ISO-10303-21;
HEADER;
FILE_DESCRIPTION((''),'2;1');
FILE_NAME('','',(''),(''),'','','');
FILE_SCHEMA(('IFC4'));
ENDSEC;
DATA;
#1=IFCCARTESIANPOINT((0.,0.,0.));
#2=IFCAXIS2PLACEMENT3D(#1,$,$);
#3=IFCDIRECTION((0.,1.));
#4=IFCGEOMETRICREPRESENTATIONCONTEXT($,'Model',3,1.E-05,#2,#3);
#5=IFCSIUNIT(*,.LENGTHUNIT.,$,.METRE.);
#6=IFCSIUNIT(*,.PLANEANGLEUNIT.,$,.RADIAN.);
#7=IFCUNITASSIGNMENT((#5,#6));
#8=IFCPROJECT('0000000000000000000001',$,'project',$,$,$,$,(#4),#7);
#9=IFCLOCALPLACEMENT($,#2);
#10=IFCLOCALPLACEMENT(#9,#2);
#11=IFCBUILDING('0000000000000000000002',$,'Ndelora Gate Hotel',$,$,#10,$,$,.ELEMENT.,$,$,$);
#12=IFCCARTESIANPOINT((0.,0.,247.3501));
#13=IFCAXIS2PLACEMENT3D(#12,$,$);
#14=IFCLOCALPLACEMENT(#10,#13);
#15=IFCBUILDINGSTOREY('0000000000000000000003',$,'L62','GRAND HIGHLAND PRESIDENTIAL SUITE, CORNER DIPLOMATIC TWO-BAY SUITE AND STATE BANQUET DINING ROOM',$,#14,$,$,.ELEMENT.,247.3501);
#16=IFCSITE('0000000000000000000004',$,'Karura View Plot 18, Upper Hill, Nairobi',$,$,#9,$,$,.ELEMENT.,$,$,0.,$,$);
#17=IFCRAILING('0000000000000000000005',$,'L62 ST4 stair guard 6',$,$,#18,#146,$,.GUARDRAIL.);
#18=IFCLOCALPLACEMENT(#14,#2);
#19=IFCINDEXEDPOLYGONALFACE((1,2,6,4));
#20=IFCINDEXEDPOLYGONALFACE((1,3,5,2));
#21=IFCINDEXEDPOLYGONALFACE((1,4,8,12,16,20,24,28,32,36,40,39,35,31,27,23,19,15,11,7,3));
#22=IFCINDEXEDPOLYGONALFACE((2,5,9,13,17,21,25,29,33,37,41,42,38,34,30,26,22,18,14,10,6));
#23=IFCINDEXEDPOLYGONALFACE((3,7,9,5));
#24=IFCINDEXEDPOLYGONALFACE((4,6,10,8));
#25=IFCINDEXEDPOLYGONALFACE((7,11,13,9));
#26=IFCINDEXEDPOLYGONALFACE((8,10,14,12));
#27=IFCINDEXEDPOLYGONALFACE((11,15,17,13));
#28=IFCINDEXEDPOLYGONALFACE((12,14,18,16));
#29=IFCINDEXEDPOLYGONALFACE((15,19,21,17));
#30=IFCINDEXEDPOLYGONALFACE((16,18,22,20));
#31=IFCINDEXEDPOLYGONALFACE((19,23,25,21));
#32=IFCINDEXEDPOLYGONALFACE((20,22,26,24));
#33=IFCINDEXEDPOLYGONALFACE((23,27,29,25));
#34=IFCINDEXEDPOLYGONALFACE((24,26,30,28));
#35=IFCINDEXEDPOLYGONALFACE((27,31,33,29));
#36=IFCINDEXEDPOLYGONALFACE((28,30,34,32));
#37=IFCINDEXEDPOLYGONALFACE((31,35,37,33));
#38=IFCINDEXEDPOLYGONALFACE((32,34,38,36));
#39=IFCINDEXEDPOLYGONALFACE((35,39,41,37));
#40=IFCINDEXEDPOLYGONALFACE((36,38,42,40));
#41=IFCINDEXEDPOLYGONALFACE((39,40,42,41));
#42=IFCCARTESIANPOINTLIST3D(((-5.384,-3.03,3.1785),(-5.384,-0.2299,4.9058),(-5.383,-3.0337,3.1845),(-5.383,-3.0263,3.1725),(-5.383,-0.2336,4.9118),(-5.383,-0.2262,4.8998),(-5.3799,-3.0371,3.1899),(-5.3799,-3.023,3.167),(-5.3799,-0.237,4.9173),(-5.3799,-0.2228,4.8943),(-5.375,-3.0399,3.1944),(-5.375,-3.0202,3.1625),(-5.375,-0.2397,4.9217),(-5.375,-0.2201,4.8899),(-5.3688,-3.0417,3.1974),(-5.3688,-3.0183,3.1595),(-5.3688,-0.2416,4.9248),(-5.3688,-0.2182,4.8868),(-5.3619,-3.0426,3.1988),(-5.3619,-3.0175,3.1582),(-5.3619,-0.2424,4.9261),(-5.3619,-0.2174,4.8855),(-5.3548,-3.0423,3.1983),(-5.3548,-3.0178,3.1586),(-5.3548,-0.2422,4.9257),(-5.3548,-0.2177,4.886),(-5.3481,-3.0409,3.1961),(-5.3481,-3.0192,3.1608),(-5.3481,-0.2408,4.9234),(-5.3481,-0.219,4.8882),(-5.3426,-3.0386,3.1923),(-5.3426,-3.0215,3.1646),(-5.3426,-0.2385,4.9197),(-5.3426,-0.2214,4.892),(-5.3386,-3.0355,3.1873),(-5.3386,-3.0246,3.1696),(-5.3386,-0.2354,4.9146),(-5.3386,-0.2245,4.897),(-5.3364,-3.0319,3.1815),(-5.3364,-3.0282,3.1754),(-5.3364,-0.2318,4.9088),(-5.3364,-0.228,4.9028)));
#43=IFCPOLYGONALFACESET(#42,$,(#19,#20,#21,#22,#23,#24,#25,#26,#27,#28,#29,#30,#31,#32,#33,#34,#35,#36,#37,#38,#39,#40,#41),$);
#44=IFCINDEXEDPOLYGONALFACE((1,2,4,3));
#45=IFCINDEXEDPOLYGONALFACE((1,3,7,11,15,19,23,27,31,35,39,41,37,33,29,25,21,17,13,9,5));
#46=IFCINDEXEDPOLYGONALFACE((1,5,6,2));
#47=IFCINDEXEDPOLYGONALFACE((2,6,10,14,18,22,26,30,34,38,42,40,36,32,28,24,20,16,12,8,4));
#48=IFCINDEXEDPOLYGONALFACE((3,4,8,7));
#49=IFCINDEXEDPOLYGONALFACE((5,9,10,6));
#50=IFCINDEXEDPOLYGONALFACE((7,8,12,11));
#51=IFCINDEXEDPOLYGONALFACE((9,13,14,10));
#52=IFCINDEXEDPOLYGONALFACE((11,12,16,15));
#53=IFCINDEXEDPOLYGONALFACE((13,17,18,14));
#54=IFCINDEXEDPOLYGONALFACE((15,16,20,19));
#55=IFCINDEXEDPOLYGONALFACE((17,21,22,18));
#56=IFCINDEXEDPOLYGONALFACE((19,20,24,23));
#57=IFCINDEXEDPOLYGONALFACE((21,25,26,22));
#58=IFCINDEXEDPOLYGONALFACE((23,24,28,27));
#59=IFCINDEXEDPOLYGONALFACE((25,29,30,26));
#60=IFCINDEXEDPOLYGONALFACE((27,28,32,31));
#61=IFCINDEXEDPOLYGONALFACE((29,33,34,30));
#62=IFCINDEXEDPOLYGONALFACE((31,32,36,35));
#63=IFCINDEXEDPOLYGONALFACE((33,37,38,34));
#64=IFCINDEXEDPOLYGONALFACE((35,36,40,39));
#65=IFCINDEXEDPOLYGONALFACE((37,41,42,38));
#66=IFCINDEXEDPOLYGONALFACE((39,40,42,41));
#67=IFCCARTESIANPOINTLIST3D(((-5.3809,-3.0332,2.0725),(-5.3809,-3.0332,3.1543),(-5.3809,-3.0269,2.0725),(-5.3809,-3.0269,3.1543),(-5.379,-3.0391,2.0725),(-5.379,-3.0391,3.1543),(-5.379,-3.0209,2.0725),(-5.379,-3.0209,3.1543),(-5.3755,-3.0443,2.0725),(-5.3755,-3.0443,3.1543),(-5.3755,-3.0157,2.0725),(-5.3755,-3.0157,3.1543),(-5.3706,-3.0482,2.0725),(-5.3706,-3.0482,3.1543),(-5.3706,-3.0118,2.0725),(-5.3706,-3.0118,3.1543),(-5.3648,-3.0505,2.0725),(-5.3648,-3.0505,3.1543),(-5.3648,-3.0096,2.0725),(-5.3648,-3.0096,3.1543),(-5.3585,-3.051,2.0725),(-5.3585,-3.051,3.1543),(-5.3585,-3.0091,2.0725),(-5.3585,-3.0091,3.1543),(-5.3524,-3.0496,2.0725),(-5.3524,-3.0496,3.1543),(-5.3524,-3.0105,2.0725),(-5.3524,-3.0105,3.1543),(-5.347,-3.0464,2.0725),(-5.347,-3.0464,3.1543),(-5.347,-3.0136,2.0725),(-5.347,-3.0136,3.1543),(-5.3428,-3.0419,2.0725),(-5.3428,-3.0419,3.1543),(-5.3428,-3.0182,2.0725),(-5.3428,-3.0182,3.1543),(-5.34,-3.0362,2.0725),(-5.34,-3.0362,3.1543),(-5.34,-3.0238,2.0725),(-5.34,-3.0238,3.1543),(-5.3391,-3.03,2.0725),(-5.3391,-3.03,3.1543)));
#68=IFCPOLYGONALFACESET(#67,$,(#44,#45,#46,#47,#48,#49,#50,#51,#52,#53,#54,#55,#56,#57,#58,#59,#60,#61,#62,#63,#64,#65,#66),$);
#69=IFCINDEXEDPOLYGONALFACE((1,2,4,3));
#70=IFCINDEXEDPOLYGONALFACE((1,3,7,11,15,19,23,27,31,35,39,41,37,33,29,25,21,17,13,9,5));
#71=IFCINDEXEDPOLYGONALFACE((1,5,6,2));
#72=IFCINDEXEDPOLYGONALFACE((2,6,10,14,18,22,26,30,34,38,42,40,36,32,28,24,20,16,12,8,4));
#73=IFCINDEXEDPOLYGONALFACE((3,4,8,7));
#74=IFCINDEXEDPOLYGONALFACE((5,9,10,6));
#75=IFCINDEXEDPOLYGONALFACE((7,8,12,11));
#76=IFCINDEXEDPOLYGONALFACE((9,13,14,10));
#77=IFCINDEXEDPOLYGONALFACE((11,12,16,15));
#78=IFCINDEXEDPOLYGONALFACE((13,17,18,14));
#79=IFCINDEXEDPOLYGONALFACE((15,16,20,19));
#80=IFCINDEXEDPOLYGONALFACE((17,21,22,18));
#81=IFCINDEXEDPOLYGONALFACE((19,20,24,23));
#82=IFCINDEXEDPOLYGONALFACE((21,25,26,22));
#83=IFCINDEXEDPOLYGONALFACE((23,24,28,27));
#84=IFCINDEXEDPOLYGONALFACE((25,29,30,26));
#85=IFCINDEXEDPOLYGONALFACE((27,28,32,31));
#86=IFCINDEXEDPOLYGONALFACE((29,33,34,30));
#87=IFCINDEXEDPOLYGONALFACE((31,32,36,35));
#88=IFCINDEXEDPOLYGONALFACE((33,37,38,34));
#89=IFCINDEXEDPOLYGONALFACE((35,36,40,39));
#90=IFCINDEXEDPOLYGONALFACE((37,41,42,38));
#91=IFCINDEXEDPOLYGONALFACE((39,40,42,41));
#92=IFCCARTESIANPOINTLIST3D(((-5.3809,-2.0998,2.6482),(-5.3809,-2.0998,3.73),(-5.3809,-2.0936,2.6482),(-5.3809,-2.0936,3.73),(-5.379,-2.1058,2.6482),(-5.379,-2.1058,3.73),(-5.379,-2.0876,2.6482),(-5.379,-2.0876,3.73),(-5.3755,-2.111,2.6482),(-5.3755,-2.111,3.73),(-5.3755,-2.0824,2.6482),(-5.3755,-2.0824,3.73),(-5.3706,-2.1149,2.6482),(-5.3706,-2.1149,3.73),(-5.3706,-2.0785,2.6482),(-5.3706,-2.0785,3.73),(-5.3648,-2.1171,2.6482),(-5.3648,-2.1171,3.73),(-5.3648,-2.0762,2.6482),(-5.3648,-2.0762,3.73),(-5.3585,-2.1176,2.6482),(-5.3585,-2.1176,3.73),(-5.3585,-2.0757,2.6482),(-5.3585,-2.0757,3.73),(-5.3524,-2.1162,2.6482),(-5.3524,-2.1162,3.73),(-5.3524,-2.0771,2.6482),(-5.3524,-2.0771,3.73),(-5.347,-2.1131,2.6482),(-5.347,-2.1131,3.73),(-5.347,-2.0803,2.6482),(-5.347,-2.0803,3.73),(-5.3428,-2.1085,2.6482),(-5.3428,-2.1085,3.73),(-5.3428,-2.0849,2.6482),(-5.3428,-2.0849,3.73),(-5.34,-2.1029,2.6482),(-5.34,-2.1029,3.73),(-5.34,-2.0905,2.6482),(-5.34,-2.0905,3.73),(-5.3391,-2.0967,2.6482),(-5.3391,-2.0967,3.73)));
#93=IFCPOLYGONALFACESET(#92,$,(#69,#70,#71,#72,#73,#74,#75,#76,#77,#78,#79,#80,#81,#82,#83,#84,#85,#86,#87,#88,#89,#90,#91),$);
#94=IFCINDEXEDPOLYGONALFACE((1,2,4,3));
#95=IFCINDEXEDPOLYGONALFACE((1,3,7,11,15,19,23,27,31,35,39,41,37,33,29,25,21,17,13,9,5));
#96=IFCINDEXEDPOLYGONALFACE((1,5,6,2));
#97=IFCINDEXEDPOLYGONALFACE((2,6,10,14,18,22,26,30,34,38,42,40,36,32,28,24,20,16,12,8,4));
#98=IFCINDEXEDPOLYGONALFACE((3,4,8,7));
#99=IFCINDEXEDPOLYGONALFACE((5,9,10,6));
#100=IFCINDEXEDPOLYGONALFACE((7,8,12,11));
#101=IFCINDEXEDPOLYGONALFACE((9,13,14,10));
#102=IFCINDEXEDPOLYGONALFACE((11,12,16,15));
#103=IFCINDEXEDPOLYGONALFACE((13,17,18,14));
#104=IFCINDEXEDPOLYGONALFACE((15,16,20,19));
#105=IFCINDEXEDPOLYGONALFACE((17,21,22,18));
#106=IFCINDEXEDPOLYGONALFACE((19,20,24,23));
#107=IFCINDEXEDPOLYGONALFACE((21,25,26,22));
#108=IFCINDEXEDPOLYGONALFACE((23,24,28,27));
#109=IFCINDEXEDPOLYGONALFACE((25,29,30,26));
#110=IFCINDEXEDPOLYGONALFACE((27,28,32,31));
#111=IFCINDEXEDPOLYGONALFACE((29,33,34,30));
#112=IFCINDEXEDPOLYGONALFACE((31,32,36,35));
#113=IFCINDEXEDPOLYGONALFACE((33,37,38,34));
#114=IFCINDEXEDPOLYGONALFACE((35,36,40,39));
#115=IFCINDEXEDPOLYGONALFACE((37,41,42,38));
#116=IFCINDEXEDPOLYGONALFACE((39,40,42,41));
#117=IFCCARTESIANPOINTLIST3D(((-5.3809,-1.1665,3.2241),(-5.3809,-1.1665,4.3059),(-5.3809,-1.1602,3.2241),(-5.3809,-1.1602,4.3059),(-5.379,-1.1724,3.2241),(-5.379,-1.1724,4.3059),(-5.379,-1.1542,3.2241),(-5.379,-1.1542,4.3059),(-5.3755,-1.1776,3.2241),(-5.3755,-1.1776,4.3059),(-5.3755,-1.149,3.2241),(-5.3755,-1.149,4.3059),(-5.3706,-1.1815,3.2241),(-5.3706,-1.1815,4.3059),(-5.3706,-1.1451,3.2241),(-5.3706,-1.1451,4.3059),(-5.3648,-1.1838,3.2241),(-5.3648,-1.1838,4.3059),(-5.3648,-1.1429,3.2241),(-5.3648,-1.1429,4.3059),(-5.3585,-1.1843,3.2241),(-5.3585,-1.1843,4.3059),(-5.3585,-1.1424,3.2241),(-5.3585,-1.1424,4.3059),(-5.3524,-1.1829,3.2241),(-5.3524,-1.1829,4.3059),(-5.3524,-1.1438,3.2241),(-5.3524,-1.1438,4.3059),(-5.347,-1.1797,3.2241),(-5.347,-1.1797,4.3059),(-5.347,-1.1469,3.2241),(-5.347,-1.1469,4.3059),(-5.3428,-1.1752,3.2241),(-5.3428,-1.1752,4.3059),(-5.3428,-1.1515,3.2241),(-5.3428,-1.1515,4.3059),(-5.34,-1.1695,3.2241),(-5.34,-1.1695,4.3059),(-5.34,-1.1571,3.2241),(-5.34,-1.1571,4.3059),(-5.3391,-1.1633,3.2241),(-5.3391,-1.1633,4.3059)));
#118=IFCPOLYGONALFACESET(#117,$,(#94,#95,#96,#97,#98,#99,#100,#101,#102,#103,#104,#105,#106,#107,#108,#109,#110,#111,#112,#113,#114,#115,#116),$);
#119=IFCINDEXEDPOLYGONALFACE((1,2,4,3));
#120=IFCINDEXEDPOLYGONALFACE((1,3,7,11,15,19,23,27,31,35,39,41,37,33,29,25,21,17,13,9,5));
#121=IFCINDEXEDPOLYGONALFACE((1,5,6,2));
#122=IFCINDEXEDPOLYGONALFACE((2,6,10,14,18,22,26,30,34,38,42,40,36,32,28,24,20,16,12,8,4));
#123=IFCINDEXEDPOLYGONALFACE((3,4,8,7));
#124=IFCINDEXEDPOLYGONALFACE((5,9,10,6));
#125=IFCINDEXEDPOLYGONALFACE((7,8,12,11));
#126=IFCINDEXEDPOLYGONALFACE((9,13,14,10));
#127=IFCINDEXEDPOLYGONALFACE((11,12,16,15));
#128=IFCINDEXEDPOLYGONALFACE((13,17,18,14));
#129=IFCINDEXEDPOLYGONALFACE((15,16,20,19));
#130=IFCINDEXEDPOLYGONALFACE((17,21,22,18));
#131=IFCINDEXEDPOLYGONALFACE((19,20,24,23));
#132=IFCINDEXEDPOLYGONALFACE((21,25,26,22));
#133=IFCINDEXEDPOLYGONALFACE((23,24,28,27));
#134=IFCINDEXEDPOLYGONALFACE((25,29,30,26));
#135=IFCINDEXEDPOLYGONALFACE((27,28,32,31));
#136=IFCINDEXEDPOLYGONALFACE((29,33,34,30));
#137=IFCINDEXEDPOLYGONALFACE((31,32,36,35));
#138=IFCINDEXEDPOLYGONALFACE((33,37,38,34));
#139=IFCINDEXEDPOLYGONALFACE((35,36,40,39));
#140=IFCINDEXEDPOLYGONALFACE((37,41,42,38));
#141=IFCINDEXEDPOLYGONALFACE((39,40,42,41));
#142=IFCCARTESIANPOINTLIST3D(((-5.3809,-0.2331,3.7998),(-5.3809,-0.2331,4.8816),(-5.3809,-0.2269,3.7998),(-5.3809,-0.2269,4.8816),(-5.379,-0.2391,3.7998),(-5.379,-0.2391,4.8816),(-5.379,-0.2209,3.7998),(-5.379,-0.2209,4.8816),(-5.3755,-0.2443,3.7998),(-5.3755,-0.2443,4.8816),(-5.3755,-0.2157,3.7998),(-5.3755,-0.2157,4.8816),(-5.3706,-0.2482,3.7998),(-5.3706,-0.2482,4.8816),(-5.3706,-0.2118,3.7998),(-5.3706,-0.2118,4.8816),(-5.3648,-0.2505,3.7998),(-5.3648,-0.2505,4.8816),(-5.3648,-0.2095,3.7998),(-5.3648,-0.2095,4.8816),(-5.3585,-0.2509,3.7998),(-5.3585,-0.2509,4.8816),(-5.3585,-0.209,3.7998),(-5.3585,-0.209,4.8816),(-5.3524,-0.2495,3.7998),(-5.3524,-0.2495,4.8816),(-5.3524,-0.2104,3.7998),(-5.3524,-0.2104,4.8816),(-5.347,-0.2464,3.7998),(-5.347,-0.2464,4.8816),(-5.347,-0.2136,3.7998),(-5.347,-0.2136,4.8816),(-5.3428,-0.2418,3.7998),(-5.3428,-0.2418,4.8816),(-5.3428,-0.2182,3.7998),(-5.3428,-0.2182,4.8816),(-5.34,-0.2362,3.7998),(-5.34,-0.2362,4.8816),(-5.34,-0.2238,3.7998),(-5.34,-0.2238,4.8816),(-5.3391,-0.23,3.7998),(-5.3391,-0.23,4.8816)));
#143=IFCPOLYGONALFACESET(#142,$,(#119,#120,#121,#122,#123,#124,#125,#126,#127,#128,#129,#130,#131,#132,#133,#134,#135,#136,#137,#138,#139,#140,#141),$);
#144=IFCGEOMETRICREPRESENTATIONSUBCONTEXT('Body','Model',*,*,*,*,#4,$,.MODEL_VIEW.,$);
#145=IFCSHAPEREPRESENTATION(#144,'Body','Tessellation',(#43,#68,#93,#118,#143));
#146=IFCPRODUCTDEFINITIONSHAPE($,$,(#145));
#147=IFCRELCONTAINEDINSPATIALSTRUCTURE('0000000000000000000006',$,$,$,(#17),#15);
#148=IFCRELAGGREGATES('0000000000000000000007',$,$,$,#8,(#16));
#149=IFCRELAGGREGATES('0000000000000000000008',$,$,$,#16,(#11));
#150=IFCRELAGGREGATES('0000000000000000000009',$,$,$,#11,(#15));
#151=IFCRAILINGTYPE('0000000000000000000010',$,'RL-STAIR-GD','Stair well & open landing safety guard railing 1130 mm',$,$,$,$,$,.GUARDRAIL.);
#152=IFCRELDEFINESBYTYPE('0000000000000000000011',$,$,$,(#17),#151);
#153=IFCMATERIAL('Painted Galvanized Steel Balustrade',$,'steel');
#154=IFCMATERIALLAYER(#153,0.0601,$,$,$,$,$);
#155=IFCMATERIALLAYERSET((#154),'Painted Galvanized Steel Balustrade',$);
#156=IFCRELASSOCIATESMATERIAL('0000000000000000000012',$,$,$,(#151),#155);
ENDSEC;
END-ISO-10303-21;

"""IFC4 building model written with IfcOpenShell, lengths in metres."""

from ifc_helpers import new_model, si_unit, direction, frame, origin, origin_2d, place, context, subcontext, project, spatial, circle, extrude, material, layer, layer_set, type_object, element, save


model = new_model("IFC4")

# Units and contexts
model_context = context("Model", 3, precision=1e-05, world=origin(), true_north=direction((0.0, 1.0)))
body_context = subcontext(model_context, "Body", "Model", "MODEL_VIEW")
ifc_project = project(units=[si_unit("LENGTHUNIT", "METRE"), si_unit("PLANEANGLEUNIT", "RADIAN")], contexts=[model_context])

# Site, building, storey
site_placement = place(None, origin())
site = spatial("IfcSite", under=ifc_project, at=site_placement, Name="Karura View Plot 18, Upper Hill, Nairobi", CompositionType="ELEMENT", RefElevation=0.0)
building_placement = place(site_placement, origin())
building = spatial("IfcBuilding", under=site, at=building_placement, Name="Ndelora Gate Hotel", CompositionType="ELEMENT")
storey_placement = place(building_placement, frame((0.0, 0.0, 247.3501)))
storey = spatial("IfcBuildingStorey", under=building, at=storey_placement, Name="L62", Description="GRAND HIGHLAND PRESIDENTIAL SUITE, CORNER DIPLOMATIC TWO-BAY SUITE AND STATE BANQUET DINING ROOM", CompositionType="ELEMENT", Elevation=247.3501)

# Railing
ifc_material_1 = material(Name="Painted Galvanized Steel Balustrade", Category="steel")
ifc_layer_1 = layer(ifc_material_1, 0.0601)
ifc_layer_set_1 = layer_set([ifc_layer_1], Name="Painted Galvanized Steel Balustrade")
railing_type_1 = type_object("IfcRailingType", Name="RL-STAIR-GD", Description="Stair well & open landing safety guard railing 1130 mm", PredefinedType="GUARDRAIL", material=ifc_layer_set_1)
railing_1_placement = place(storey_placement, frame((-5.3601, -3.03, 2.0725)))
element("IfcRailing", 1, at=railing_1_placement, inside=storey, type_object=railing_type_1, Name="L62 ST4 stair guard 6", PredefinedType="GUARDRAIL", context=body_context, shape_type="SweptSolid", body=[
    extrude(circle(Radius=0.0239, at=origin_2d()), frame((0.0, 0.0, 1.106), z_axis=(0.0, 0.85109, 0.52502), x_axis=(-1.0, 0.0, 0.0)), (0.0, 0.0, 1.0), 3.29),
    extrude(circle(Radius=0.021, at=origin_2d()), origin(), (0.0, 0.0, 1.0), 1.0818),
    extrude(circle(Radius=0.021, at=origin_2d()), frame((0.0, 0.9333, 0.5757)), (0.0, 0.0, 1.0), 1.0818),
    extrude(circle(Radius=0.021, at=origin_2d()), frame((0.0, 1.8667, 1.1516)), (0.0, 0.0, 1.0), 1.0818),
    extrude(circle(Radius=0.021, at=origin_2d()), frame((0.0, 2.8, 1.7273)), (0.0, 0.0, 1.0), 1.0818),
])

save(model, "model.ifc")
